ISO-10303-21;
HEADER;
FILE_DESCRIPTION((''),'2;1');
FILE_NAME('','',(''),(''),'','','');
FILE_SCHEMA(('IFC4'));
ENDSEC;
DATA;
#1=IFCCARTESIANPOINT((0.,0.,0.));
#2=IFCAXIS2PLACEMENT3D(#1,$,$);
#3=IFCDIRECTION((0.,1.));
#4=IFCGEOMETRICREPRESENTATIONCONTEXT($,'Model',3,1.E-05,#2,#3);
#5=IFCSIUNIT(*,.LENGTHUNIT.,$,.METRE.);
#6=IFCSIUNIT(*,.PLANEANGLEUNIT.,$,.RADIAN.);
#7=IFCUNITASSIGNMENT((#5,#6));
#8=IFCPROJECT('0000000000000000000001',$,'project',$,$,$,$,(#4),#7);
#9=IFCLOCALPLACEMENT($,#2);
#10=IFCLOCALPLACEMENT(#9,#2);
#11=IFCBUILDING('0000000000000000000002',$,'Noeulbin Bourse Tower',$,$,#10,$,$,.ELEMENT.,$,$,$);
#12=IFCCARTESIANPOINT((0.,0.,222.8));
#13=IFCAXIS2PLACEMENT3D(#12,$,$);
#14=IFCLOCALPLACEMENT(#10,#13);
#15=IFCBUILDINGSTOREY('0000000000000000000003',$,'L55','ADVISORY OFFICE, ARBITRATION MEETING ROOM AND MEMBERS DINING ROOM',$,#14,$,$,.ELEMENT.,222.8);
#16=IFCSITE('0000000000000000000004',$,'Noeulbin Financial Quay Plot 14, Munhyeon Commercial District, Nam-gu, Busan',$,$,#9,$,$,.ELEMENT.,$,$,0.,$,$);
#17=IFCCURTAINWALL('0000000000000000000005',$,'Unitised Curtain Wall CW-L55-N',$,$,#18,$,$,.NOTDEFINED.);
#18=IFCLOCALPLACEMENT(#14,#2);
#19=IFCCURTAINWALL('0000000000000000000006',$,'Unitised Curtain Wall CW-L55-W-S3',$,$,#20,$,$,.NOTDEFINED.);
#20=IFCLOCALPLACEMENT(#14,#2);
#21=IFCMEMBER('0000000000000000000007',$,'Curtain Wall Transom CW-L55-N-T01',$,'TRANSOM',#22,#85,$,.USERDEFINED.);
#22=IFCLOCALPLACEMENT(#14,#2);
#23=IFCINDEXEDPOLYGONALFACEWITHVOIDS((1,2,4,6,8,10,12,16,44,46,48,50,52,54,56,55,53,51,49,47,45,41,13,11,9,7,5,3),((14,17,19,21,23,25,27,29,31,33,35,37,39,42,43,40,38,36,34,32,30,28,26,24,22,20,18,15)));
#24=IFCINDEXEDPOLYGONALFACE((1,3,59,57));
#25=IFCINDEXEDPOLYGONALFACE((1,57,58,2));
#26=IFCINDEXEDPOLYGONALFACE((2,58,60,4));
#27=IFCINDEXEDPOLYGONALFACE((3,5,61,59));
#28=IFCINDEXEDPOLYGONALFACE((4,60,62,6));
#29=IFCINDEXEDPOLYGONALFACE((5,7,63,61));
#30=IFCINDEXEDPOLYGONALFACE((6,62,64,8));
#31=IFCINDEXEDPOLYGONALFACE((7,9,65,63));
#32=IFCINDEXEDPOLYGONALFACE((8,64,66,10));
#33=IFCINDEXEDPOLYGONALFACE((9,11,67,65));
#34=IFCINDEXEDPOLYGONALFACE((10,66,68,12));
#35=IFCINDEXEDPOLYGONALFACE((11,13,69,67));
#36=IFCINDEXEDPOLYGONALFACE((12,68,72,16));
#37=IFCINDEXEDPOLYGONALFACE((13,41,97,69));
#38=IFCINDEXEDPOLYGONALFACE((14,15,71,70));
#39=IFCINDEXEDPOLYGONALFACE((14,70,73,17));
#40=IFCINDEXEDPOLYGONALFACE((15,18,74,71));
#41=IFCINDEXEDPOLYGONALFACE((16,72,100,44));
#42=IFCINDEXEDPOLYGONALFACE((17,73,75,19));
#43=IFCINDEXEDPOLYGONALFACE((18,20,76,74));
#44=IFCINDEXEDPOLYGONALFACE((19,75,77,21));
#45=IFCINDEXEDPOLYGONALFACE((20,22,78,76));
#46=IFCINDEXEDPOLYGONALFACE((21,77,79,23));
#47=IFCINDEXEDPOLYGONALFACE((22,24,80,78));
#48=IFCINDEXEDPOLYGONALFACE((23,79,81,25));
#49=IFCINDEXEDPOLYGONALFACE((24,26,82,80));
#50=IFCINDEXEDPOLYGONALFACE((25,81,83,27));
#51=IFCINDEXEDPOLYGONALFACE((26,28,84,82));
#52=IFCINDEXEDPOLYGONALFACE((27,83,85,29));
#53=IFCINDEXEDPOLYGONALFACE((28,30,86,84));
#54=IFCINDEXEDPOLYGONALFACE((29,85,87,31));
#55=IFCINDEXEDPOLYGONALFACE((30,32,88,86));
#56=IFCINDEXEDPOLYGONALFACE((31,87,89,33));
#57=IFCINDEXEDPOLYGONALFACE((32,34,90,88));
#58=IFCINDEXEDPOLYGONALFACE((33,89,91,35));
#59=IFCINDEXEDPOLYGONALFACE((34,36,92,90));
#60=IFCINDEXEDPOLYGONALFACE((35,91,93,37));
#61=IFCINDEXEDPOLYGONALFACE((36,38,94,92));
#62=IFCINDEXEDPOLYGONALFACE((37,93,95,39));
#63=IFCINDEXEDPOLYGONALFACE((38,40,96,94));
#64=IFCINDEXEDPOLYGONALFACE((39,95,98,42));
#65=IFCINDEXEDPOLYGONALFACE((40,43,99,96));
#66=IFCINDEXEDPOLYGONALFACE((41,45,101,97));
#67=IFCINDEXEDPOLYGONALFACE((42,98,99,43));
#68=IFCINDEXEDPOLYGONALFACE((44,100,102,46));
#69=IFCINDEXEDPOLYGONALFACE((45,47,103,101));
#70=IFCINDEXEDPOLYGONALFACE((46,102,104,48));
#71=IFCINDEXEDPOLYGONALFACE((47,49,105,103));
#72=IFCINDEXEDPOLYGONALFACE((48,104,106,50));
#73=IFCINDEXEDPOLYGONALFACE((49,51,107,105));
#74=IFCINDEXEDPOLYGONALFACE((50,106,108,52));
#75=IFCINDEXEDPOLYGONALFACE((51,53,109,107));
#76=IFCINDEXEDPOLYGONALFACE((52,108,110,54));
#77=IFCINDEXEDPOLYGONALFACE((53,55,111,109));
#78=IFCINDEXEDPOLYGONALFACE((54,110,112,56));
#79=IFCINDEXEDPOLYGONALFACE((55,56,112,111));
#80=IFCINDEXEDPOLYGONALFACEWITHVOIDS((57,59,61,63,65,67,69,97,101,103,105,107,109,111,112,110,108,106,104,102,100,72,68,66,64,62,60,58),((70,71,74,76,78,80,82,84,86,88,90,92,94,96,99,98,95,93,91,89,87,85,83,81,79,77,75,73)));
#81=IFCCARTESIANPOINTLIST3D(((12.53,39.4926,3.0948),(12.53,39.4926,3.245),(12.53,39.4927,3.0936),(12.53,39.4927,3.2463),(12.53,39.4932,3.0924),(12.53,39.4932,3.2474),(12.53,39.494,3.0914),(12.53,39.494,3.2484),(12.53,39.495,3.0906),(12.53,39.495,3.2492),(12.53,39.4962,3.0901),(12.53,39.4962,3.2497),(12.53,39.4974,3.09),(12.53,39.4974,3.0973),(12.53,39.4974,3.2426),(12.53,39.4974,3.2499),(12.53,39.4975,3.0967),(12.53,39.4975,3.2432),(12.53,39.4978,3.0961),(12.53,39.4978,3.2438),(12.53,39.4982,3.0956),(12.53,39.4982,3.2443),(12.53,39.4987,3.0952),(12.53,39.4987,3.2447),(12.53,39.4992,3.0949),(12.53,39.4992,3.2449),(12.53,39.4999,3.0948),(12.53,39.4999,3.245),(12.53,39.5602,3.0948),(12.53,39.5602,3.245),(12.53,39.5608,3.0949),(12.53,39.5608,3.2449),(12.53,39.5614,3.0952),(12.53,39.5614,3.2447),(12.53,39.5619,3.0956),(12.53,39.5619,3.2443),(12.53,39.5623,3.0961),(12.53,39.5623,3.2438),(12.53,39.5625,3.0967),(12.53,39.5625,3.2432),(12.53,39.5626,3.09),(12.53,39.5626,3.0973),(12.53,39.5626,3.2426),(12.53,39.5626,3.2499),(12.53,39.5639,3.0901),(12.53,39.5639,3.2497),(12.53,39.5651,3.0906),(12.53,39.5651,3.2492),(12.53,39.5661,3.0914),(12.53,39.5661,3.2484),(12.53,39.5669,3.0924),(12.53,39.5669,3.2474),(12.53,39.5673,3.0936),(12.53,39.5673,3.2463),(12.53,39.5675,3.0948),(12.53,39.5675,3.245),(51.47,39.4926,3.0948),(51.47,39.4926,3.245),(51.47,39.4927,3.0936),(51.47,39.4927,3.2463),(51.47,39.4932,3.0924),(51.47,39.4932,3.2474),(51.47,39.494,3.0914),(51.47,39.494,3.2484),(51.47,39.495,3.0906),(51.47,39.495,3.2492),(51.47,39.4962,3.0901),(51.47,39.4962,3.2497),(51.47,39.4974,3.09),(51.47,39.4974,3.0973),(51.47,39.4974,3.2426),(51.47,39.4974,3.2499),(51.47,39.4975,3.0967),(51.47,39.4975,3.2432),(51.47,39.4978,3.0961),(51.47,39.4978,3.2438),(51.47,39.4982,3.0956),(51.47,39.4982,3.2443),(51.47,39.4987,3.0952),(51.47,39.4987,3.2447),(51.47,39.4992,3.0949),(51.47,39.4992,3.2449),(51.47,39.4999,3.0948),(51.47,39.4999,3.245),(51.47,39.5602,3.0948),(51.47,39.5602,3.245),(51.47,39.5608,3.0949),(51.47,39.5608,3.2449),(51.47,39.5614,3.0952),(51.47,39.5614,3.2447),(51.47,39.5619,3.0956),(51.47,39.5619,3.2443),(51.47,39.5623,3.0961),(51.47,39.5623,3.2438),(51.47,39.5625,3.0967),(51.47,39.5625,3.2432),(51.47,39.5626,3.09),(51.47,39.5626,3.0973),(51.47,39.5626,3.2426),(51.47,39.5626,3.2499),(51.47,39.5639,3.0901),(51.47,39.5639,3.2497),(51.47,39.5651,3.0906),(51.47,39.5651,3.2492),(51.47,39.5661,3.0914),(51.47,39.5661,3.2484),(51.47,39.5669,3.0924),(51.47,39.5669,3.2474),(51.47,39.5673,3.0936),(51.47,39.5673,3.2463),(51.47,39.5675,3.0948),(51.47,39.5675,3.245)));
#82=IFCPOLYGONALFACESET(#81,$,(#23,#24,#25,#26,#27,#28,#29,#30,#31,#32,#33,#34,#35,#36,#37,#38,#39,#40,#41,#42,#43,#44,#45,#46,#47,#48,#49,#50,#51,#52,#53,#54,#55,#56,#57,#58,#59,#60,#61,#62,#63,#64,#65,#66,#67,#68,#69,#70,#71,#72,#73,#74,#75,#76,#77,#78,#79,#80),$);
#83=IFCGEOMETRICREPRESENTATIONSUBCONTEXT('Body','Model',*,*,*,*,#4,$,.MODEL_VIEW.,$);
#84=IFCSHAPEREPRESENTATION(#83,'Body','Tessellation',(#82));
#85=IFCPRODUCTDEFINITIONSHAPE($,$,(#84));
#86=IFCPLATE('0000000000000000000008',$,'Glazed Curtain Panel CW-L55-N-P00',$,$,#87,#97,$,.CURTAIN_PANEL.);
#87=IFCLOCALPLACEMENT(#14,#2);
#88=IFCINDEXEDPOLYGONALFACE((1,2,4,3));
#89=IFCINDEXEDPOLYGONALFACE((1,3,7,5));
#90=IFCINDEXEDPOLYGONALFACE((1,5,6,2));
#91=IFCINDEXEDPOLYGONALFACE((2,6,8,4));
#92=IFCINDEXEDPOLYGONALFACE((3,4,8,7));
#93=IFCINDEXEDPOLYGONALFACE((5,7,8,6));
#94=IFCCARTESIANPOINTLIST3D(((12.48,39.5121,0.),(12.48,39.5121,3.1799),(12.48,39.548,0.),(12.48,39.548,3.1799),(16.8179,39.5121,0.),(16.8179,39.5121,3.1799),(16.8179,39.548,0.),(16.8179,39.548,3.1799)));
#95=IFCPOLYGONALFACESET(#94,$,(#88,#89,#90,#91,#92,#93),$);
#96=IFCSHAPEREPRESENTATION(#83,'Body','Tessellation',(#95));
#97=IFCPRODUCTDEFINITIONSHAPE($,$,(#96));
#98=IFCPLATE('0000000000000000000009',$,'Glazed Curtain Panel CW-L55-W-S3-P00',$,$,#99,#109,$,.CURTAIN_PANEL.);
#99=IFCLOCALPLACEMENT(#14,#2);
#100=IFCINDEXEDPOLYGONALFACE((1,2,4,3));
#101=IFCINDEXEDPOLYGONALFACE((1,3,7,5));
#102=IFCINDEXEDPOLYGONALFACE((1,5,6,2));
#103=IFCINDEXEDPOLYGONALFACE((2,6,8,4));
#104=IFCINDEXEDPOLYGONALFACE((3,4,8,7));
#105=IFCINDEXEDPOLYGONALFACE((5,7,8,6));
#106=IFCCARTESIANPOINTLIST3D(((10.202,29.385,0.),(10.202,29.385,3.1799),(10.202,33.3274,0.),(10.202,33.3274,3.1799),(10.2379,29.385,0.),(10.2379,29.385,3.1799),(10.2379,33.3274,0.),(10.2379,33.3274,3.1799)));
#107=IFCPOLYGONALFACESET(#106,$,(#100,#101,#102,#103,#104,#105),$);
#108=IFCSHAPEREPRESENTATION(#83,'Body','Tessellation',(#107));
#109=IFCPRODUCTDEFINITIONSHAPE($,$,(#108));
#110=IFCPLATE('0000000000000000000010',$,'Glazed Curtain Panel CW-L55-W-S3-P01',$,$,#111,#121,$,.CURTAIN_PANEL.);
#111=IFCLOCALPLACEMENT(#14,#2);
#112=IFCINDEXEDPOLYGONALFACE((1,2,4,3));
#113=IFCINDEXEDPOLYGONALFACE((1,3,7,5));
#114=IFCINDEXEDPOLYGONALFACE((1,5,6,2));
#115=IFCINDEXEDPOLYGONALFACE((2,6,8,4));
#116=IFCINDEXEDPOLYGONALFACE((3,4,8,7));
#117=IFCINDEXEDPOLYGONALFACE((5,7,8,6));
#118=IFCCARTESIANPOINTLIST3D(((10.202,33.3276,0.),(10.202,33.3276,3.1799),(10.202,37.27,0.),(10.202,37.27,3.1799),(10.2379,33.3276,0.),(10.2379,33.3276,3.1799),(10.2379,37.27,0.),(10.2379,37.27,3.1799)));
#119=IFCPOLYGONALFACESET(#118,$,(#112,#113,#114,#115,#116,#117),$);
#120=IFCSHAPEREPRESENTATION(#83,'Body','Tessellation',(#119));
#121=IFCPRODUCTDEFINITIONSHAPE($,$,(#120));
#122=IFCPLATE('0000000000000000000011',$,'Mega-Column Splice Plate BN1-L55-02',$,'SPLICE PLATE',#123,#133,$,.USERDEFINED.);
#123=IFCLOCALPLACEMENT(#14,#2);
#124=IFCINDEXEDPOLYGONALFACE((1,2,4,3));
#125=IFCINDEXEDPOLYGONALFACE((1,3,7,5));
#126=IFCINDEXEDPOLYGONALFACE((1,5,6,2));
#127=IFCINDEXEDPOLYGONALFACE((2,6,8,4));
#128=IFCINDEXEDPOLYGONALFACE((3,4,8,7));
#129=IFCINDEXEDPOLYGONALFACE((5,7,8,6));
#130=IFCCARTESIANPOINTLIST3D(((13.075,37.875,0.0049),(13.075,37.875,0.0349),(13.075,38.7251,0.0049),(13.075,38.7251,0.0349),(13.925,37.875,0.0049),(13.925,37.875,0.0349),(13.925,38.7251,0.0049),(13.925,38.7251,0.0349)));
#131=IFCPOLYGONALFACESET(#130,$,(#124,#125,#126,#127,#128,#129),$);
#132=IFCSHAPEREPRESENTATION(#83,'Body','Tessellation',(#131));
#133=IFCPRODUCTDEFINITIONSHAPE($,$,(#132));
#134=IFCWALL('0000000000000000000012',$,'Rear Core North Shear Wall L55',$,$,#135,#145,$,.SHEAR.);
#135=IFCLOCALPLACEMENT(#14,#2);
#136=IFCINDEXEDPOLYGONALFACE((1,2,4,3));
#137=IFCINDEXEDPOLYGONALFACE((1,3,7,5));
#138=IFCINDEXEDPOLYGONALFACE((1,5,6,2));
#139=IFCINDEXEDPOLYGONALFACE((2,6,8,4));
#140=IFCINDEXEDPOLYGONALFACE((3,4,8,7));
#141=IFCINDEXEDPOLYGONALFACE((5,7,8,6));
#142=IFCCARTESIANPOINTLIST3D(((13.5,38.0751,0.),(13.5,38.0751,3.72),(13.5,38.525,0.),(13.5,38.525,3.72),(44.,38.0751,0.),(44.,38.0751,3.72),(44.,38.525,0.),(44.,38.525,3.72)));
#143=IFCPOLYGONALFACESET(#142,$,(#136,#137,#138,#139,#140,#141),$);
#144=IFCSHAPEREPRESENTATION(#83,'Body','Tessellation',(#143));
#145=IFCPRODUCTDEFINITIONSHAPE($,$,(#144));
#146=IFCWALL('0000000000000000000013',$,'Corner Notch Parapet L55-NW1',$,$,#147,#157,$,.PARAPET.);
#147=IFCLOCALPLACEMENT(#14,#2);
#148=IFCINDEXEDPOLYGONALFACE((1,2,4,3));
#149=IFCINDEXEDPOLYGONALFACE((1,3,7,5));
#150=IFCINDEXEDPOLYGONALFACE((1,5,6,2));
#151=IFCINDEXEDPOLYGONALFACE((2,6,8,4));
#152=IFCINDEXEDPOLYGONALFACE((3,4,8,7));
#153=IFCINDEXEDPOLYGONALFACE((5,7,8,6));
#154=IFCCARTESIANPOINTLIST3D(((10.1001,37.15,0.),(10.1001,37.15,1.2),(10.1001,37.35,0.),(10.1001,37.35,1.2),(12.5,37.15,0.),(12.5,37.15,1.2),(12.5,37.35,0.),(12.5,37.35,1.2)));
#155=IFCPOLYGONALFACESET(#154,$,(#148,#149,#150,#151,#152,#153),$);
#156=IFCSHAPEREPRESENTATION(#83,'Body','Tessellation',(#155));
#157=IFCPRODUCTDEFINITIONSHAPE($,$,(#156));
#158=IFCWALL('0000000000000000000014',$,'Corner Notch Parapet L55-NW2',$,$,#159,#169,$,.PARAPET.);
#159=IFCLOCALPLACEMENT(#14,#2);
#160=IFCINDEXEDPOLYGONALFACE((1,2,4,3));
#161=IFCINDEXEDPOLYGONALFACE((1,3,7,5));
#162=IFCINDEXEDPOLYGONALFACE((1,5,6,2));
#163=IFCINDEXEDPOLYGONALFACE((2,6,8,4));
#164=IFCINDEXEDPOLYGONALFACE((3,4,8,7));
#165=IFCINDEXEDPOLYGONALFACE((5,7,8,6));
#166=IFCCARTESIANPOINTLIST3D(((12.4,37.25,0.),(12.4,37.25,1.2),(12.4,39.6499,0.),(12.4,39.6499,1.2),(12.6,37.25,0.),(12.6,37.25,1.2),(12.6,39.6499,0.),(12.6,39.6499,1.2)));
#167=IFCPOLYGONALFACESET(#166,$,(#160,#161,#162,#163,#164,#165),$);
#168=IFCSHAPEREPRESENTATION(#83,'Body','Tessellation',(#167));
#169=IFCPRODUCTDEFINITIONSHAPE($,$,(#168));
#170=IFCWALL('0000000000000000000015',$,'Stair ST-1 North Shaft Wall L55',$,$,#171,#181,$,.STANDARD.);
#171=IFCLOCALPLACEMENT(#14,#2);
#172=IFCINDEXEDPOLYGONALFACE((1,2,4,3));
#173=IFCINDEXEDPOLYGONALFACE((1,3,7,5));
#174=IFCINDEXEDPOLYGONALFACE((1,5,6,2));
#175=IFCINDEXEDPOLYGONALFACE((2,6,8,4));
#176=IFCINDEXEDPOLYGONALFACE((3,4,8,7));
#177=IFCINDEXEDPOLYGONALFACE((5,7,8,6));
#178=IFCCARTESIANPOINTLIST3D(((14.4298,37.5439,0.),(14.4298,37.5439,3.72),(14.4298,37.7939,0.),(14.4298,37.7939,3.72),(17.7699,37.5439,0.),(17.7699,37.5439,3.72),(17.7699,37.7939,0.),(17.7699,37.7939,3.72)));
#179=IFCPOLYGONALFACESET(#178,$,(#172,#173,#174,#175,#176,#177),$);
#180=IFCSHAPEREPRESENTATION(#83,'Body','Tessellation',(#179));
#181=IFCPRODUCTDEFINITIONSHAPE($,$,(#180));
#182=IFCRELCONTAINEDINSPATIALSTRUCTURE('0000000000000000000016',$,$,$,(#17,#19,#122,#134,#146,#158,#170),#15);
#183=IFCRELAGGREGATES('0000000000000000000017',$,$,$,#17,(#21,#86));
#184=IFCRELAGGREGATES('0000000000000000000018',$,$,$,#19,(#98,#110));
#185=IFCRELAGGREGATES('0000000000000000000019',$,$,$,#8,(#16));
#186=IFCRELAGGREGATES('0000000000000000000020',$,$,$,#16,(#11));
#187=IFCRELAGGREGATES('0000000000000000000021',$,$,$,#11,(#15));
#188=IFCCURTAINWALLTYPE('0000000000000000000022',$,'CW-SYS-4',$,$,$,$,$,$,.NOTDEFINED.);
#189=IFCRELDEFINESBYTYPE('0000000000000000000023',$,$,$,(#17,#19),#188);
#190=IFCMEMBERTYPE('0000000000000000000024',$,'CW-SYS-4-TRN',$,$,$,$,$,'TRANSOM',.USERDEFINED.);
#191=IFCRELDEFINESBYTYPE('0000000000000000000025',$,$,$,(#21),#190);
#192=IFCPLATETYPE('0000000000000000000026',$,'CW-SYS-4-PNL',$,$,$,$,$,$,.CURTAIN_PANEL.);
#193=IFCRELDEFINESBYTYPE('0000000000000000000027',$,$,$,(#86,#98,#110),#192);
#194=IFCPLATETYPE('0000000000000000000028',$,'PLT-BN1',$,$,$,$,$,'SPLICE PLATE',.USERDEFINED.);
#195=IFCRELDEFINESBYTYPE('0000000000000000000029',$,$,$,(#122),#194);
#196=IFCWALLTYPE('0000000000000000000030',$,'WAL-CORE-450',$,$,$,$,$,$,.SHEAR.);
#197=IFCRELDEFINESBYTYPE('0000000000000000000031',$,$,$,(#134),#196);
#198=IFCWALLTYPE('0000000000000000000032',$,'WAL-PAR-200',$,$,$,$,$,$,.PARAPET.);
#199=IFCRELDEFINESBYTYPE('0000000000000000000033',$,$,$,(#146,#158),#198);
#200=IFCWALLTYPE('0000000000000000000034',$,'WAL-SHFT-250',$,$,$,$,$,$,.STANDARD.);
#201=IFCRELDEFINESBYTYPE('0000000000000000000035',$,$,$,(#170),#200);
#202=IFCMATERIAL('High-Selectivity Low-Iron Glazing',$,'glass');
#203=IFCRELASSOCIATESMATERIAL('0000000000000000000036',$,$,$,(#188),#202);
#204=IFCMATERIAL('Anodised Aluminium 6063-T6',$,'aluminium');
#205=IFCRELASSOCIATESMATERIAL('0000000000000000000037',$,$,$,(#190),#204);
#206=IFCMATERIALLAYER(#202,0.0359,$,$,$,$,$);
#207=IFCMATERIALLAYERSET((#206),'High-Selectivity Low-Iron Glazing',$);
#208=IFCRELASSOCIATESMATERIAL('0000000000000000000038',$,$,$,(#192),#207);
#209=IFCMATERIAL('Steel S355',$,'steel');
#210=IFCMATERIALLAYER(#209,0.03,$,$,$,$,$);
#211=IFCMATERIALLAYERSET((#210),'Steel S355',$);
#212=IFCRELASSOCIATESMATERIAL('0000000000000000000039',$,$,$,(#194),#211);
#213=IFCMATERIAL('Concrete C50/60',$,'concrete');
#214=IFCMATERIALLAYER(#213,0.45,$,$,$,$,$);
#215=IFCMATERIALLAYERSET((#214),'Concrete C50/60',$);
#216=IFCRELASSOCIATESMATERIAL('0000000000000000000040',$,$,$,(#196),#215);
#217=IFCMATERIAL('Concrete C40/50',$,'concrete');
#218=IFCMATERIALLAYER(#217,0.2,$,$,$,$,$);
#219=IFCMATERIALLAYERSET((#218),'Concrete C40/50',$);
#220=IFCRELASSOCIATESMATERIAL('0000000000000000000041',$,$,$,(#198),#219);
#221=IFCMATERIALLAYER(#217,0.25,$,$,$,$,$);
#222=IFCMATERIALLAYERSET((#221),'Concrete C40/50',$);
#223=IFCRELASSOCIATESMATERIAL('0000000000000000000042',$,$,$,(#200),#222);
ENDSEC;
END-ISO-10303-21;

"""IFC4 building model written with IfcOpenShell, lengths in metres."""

from ifc_helpers import new_model, si_unit, direction, frame, frame_2d, origin, origin_2d, place, context, subcontext, project, spatial, rectangle, hollow_rectangle, extrude, material, layer, layer_set, material_profile, profile_set, type_object, element, aggregate, save


model = new_model("IFC4")

# Units and contexts
model_context = context("Model", 3, precision=1e-05, world=origin(), true_north=direction((0.0, 1.0)))
body_context = subcontext(model_context, "Body", "Model", "MODEL_VIEW")
ifc_project = project(units=[si_unit("LENGTHUNIT", "METRE"), si_unit("PLANEANGLEUNIT", "RADIAN")], contexts=[model_context])

# Site, building, storey
site_placement = place(None, origin())
site = spatial("IfcSite", under=ifc_project, at=site_placement, Name="Noeulbin Financial Quay Plot 14, Munhyeon Commercial District, Nam-gu, Busan", CompositionType="ELEMENT", RefElevation=0.0)
building_placement = place(site_placement, origin())
building = spatial("IfcBuilding", under=site, at=building_placement, Name="Noeulbin Bourse Tower", CompositionType="ELEMENT")
storey_placement = place(building_placement, frame((0.0, 0.0, 222.8)))
storey = spatial("IfcBuildingStorey", under=building, at=storey_placement, Name="L55", Description="ADVISORY OFFICE, ARBITRATION MEETING ROOM AND MEMBERS DINING ROOM", CompositionType="ELEMENT", Elevation=222.8)

# Shared definitions
ifc_material_1 = material(Name="Steel S355", Category="steel")

# Curtain wall
ifc_material_2 = material(Name="High-Selectivity Low-Iron Glazing", Category="glass")
curtain_wall_type = type_object("IfcCurtainWallType", Name="CW-SYS-4", PredefinedType="NOTDEFINED", material=ifc_material_2)
curtain_wall_1_placement = place(storey_placement, origin())
curtain_wall_1 = element("IfcCurtainWall", 1, at=curtain_wall_1_placement, inside=storey, type_object=curtain_wall_type, Name="Unitised Curtain Wall CW-L55-N", PredefinedType="NOTDEFINED")
ifc_material_3 = material(Name="Anodised Aluminium 6063-T6", Category="aluminium")

# Curtain wall
curtain_wall_2_placement = place(storey_placement, origin())
curtain_wall_2 = element("IfcCurtainWall", 2, at=curtain_wall_2_placement, inside=storey, type_object=curtain_wall_type, Name="Unitised Curtain Wall CW-L55-W-S3", PredefinedType="NOTDEFINED")

# Member
ifc_material_profile_1 = material_profile(ifc_material_3, hollow_rectangle(XDim=0.075, YDim=0.1599, WallThickness=0.0049, InnerFilletRadius=0.0024, OuterFilletRadius=0.0049, at=origin_2d()), Name="ALU-TRAN-75x160x5", Category="LoadBearing")
ifc_profile_set_1 = profile_set([ifc_material_profile_1], Name="Anodised Aluminium 6063-T6")
member_type_1 = type_object("IfcMemberType", Name="CW-SYS-4-TRN", ElementType="TRANSOM", PredefinedType="USERDEFINED", material=ifc_profile_set_1)
member_1_placement = place(storey_placement, frame((12.53, 39.53, 3.1699), z_axis=(1.0, 0.0, 0.0), x_axis=(0.0, 1.0, 0.0)))
member_1 = element("IfcMember", 3, at=member_1_placement, type_object=member_type_1, Name="Curtain Wall Transom CW-L55-N-T01", ObjectType="TRANSOM", PredefinedType="USERDEFINED", context=body_context, shape_type="SweptSolid", body=[
    extrude(hollow_rectangle(XDim=0.075, YDim=0.1599, WallThickness=0.0049, InnerFilletRadius=0.0024, OuterFilletRadius=0.0049, at=origin_2d()), origin(), (0.0, 0.0, 1.0), 38.9399),
])

# Plates
ifc_layer_1 = layer(ifc_material_2, 0.0359)
ifc_layer_set_1 = layer_set([ifc_layer_1], Name="High-Selectivity Low-Iron Glazing")
plate_type_1 = type_object("IfcPlateType", Name="CW-SYS-4-PNL", PredefinedType="CURTAIN_PANEL", material=ifc_layer_set_1)
plate_1_placement = place(storey_placement, frame((14.6489, 39.53, 0.0), z_axis=(0.0, 0.0, 1.0), x_axis=(1.0, 0.0, 0.0)))
plate_1 = element("IfcPlate", 4, at=plate_1_placement, type_object=plate_type_1, Name="Glazed Curtain Panel CW-L55-N-P00", PredefinedType="CURTAIN_PANEL", context=body_context, shape_type="SweptSolid", body=[
    extrude(rectangle(XDim=4.3379, YDim=0.0359, at=origin_2d()), origin(), (0.0, 0.0, 1.0), 3.1799),
])
aggregate(curtain_wall_1, [member_1, plate_1])
plate_2_placement = place(storey_placement, frame((10.22, 31.3562, 0.0), z_axis=(0.0, 0.0, 1.0), x_axis=(0.0, 1.0, 0.0)))
plate_2 = element("IfcPlate", 5, at=plate_2_placement, type_object=plate_type_1, Name="Glazed Curtain Panel CW-L55-W-S3-P00", PredefinedType="CURTAIN_PANEL", context=body_context, shape_type="SweptSolid", body=[
    extrude(rectangle(XDim=3.9424, YDim=0.0359, at=origin_2d()), origin(), (0.0, 0.0, 1.0), 3.1799),
])
plate_3_placement = place(storey_placement, frame((10.22, 35.2988, 0.0), z_axis=(0.0, 0.0, 1.0), x_axis=(0.0, 1.0, 0.0)))
plate_3 = element("IfcPlate", 6, at=plate_3_placement, type_object=plate_type_1, Name="Glazed Curtain Panel CW-L55-W-S3-P01", PredefinedType="CURTAIN_PANEL", context=body_context, shape_type="SweptSolid", body=[
    extrude(rectangle(XDim=3.9424, YDim=0.0359, at=origin_2d()), origin(), (0.0, 0.0, 1.0), 3.1799),
])
aggregate(curtain_wall_2, [plate_2, plate_3])
ifc_layer_2 = layer(ifc_material_1, 0.03)
ifc_layer_set_2 = layer_set([ifc_layer_2], Name="Steel S355")
plate_type_2 = type_object("IfcPlateType", Name="PLT-BN1", ElementType="SPLICE PLATE", PredefinedType="USERDEFINED", material=ifc_layer_set_2)
plate_4_placement = place(storey_placement, frame((13.5, 38.3, 0.0049), z_axis=(0.0, 0.0, 1.0), x_axis=(1.0, 0.0, 0.0)))
element("IfcPlate", 7, at=plate_4_placement, inside=storey, type_object=plate_type_2, Name="Mega-Column Splice Plate BN1-L55-02", ObjectType="SPLICE PLATE", PredefinedType="USERDEFINED", context=body_context, shape_type="SweptSolid", body=[
    extrude(rectangle(XDim=0.8501, YDim=0.8501, at=origin_2d()), origin(), (0.0, 0.0, 1.0), 0.03),
])

# Walls
ifc_material_4 = material(Name="Concrete C50/60", Category="concrete")
ifc_layer_3 = layer(ifc_material_4, 0.45)
ifc_layer_set_3 = layer_set([ifc_layer_3], Name="Concrete C50/60")
wall_type_1 = type_object("IfcWallType", Name="WAL-CORE-450", PredefinedType="SHEAR", material=ifc_layer_set_3)
wall_1_placement = place(storey_placement, frame((13.5, 38.3, 0.0), z_axis=(0.0, 0.0, 1.0), x_axis=(1.0, 0.0, 0.0)))
element("IfcWall", 8, at=wall_1_placement, inside=storey, type_object=wall_type_1, Name="Rear Core North Shear Wall L55", PredefinedType="SHEAR", context=body_context, shape_type="SweptSolid", body=[
    extrude(rectangle(XDim=30.5, YDim=0.45, at=frame_2d((15.25, 0.0))), origin(), (0.0, 0.0, 1.0), 3.72),
])
ifc_material_5 = material(Name="Concrete C40/50", Category="concrete")
ifc_layer_4 = layer(ifc_material_5, 0.2)
ifc_layer_set_4 = layer_set([ifc_layer_4], Name="Concrete C40/50")
wall_type_2 = type_object("IfcWallType", Name="WAL-PAR-200", PredefinedType="PARAPET", material=ifc_layer_set_4)
for number, where, z_axis, x_axis, name in (
    (9, (10.1001, 37.25, 0.0), (0.0, 0.0, 1.0), (1.0, 0.0, 0.0), "Corner Notch Parapet L55-NW1"),
    (10, (12.5, 37.25, 0.0), (0.0, 0.0, 1.0), (0.0, 1.0, 0.0), "Corner Notch Parapet L55-NW2"),
):
    element("IfcWall", number, at=place(storey_placement, frame(where, z_axis=z_axis, x_axis=x_axis)), inside=storey, type_object=wall_type_2, Name=name, PredefinedType="PARAPET", context=body_context, shape_type="SweptSolid", body=[
        extrude(rectangle(XDim=2.3999, YDim=0.2, at=frame_2d((1.2, 0.0))), origin(), (0.0, 0.0, 1.0), 1.2),
    ])
ifc_layer_5 = layer(ifc_material_5, 0.25)
ifc_layer_set_5 = layer_set([ifc_layer_5], Name="Concrete C40/50")
wall_type_3 = type_object("IfcWallType", Name="WAL-SHFT-250", PredefinedType="STANDARD", material=ifc_layer_set_5)
wall_2_placement = place(storey_placement, frame((14.4299, 37.6689, 0.0), z_axis=(0.0, 0.0, 1.0), x_axis=(1.0, 0.0, 0.0)))
element("IfcWall", 11, at=wall_2_placement, inside=storey, type_object=wall_type_3, Name="Stair ST-1 North Shaft Wall L55", PredefinedType="STANDARD", context=body_context, shape_type="SweptSolid", body=[
    extrude(rectangle(XDim=3.3401, YDim=0.25, at=frame_2d((1.6699, 0.0))), origin(), (0.0, 0.0, 1.0), 3.72),
])

save(model, "model.ifc")
